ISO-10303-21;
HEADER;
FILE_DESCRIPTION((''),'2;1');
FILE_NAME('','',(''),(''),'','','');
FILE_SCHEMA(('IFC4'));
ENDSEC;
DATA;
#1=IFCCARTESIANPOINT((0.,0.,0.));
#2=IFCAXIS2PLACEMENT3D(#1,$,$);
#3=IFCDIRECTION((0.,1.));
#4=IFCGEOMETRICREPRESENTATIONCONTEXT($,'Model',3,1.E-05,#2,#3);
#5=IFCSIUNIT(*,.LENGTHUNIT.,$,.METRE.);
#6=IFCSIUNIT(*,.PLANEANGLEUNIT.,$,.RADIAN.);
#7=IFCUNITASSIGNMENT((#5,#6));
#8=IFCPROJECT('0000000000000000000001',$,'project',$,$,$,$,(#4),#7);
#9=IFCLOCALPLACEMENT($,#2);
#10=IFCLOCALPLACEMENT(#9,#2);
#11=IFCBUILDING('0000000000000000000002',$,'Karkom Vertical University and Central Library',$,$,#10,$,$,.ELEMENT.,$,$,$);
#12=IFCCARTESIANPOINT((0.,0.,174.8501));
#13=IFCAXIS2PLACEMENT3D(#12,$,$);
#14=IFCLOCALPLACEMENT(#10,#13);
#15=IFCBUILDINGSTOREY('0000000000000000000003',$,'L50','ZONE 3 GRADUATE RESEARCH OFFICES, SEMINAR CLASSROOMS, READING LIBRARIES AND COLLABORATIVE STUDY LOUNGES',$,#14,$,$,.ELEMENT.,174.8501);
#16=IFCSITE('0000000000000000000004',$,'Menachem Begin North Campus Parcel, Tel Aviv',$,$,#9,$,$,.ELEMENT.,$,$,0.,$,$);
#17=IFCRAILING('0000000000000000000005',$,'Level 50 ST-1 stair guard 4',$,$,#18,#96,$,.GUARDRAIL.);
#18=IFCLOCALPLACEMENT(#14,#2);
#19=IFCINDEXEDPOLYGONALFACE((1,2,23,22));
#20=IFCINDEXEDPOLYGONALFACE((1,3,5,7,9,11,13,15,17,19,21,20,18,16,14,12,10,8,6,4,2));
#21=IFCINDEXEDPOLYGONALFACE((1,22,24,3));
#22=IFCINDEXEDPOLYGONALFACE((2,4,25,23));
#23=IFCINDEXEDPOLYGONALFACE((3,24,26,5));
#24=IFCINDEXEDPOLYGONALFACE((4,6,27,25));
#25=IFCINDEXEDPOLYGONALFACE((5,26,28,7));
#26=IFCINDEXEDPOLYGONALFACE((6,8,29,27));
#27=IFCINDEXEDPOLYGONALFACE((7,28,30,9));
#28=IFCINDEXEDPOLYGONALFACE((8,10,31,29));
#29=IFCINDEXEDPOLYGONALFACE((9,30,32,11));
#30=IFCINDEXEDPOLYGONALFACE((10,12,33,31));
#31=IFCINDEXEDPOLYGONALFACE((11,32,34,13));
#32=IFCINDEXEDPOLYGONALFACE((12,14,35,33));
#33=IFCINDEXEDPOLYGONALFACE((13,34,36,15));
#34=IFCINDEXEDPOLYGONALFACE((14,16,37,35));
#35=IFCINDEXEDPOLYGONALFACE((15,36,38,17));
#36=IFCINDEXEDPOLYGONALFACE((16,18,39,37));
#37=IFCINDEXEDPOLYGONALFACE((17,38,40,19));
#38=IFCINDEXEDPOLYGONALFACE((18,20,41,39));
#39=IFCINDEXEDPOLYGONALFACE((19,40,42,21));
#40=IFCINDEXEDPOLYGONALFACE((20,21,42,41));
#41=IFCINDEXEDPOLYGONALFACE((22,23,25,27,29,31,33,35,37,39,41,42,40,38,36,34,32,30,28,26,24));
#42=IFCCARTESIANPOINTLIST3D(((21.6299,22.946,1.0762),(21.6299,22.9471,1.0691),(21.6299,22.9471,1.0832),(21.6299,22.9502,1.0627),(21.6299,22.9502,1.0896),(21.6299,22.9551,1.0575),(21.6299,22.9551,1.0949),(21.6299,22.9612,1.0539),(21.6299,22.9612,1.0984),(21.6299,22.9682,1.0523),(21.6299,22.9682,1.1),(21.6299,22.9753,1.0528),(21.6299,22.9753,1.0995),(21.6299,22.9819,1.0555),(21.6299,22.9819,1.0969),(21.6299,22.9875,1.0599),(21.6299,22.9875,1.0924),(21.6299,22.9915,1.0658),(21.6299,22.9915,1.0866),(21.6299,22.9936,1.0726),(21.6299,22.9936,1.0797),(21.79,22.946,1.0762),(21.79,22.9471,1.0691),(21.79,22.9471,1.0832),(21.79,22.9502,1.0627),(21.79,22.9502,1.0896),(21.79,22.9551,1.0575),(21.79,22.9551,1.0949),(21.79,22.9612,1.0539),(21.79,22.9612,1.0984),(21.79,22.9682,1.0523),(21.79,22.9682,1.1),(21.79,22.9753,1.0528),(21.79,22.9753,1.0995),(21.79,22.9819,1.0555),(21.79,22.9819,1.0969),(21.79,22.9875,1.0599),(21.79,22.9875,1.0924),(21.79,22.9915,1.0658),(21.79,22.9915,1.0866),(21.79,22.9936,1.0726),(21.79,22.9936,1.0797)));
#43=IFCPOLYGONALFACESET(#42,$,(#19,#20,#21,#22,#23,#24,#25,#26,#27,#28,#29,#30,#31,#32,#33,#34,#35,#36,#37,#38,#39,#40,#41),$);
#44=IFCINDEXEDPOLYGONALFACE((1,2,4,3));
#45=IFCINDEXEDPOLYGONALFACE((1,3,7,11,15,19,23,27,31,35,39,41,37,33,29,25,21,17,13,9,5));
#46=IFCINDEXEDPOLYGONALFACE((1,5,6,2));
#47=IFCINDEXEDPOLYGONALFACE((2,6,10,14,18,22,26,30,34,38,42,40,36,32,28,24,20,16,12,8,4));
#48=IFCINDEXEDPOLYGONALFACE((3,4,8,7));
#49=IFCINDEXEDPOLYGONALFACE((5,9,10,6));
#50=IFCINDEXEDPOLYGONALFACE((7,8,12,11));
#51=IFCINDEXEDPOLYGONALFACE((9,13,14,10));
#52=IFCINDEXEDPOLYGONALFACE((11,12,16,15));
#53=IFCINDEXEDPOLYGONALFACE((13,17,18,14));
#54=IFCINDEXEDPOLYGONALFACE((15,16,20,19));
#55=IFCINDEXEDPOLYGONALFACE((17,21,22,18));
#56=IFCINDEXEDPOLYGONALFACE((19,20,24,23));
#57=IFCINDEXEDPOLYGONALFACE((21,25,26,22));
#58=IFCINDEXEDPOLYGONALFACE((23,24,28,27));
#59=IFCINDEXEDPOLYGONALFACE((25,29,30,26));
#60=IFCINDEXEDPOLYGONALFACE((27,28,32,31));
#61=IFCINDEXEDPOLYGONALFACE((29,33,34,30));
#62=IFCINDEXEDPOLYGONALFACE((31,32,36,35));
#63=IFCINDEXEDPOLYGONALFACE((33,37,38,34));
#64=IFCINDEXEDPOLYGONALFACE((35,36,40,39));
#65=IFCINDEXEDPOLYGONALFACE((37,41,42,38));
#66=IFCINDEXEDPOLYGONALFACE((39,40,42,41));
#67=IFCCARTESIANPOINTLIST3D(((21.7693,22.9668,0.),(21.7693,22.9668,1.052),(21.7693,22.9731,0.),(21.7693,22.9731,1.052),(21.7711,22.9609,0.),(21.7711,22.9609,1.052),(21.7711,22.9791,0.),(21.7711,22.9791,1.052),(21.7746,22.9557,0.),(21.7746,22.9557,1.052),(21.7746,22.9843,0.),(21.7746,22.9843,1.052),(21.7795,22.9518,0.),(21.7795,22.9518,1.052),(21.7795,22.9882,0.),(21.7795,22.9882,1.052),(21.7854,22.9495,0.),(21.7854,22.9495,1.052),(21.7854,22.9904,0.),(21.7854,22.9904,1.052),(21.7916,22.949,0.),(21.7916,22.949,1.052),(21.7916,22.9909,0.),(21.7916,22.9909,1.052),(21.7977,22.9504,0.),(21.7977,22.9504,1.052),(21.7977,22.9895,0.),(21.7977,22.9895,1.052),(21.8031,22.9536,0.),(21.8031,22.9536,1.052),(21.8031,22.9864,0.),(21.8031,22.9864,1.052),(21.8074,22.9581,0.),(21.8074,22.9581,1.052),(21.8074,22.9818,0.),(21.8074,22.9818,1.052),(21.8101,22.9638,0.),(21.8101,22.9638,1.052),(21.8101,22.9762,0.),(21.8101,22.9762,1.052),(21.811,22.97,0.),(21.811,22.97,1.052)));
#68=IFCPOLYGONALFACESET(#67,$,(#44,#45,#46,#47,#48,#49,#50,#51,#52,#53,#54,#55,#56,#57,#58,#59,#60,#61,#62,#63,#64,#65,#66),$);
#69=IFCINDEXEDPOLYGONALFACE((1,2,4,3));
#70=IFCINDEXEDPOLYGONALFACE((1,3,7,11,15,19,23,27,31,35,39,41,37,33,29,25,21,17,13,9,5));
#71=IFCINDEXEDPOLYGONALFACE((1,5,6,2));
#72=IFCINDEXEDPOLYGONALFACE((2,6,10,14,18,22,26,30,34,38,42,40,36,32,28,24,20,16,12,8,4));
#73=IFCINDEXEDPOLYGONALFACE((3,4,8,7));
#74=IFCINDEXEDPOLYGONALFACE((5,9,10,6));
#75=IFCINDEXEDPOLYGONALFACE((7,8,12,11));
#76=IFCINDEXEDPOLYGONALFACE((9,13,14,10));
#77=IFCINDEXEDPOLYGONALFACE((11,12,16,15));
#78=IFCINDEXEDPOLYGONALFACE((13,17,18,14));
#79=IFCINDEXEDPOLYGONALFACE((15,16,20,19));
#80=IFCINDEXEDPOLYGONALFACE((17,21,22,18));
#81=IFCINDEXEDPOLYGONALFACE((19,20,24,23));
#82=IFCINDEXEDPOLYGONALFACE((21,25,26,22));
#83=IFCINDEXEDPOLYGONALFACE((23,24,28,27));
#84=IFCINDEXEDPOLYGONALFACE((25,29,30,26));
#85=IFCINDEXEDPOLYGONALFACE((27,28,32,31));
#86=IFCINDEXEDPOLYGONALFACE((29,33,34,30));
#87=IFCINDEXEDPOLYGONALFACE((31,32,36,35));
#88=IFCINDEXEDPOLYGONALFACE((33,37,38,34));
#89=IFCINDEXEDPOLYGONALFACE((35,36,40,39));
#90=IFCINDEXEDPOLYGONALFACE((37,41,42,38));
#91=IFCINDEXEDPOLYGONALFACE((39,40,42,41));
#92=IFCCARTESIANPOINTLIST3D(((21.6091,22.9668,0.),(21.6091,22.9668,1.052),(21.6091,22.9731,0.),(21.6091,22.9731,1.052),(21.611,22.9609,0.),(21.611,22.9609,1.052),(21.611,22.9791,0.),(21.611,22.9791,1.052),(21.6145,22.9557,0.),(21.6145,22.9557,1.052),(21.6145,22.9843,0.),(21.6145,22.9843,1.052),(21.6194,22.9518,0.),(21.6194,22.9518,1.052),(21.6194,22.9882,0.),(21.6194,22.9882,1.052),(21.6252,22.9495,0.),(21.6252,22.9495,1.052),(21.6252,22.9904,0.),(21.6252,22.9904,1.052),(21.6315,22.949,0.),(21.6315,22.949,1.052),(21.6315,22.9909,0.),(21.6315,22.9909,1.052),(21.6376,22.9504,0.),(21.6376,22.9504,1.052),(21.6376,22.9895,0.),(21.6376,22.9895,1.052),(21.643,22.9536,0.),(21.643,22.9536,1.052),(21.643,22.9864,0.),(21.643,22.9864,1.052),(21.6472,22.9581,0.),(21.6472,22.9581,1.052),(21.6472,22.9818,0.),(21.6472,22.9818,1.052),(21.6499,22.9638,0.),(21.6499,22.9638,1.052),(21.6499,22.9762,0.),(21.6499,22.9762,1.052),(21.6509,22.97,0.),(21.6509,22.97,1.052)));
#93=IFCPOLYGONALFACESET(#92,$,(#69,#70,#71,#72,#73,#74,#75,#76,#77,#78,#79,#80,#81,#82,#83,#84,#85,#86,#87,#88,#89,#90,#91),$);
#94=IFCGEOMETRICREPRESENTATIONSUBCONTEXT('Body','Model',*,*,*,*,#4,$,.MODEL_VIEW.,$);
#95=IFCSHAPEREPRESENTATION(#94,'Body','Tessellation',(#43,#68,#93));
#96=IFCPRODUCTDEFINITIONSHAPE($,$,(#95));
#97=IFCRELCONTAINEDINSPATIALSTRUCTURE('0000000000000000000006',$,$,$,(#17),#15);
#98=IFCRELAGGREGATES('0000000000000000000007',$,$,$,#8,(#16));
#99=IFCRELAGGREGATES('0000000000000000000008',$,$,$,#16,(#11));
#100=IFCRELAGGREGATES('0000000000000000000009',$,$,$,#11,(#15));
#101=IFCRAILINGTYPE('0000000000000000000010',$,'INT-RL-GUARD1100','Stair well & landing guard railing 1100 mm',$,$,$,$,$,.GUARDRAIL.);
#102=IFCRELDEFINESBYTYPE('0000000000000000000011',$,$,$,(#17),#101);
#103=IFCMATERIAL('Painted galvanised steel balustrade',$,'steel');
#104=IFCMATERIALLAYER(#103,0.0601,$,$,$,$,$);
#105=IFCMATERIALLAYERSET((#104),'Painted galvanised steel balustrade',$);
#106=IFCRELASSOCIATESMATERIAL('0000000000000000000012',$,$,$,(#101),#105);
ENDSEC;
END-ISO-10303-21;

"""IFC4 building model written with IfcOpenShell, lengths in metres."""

from ifc_helpers import new_model, si_unit, direction, frame, origin, origin_2d, place, context, subcontext, project, spatial, circle, extrude, material, layer, layer_set, type_object, element, save


model = new_model("IFC4")

# Units and contexts
model_context = context("Model", 3, precision=1e-05, world=origin(), true_north=direction((0.0, 1.0)))
body_context = subcontext(model_context, "Body", "Model", "MODEL_VIEW")
ifc_project = project(units=[si_unit("LENGTHUNIT", "METRE"), si_unit("PLANEANGLEUNIT", "RADIAN")], contexts=[model_context])

# Site, building, storey
site_placement = place(None, origin())
site = spatial("IfcSite", under=ifc_project, at=site_placement, Name="Menachem Begin North Campus Parcel, Tel Aviv", CompositionType="ELEMENT", RefElevation=0.0)
building_placement = place(site_placement, origin())
building = spatial("IfcBuilding", under=site, at=building_placement, Name="Karkom Vertical University and Central Library", CompositionType="ELEMENT")
storey_placement = place(building_placement, frame((0.0, 0.0, 174.8501)))
storey = spatial("IfcBuildingStorey", under=building, at=storey_placement, Name="L50", Description="ZONE 3 GRADUATE RESEARCH OFFICES, SEMINAR CLASSROOMS, READING LIBRARIES AND COLLABORATIVE STUDY LOUNGES", CompositionType="ELEMENT", Elevation=174.8501)

# Railing
ifc_material_1 = material(Name="Painted galvanised steel balustrade", Category="steel")
ifc_layer_1 = layer(ifc_material_1, 0.0601)
ifc_layer_set_1 = layer_set([ifc_layer_1], Name="Painted galvanised steel balustrade")
railing_type_1 = type_object("IfcRailingType", Name="INT-RL-GUARD1100", Description="Stair well & landing guard railing 1100 mm", PredefinedType="GUARDRAIL", material=ifc_layer_set_1)
railing_1_placement = place(storey_placement, frame((21.79, 22.97, 0.0)))
element("IfcRailing", 1, at=railing_1_placement, inside=storey, type_object=railing_type_1, Name="Level 50 ST-1 stair guard 4", PredefinedType="GUARDRAIL", context=body_context, shape_type="SweptSolid", body=[
    extrude(circle(Radius=0.0239, at=origin_2d()), frame((0.0, 0.0, 1.0762), z_axis=(-1.0, 0.0, 0.0), x_axis=(0.0, -1.0, 0.0)), (0.0, 0.0, 1.0), 0.1602),
    extrude(circle(Radius=0.021, at=origin_2d()), origin(), (0.0, 0.0, 1.0), 1.052),
    extrude(circle(Radius=0.021, at=origin_2d()), frame((-0.1602, 0.0, 0.0)), (0.0, 0.0, 1.0), 1.052),
])

save(model, "model.ifc")
